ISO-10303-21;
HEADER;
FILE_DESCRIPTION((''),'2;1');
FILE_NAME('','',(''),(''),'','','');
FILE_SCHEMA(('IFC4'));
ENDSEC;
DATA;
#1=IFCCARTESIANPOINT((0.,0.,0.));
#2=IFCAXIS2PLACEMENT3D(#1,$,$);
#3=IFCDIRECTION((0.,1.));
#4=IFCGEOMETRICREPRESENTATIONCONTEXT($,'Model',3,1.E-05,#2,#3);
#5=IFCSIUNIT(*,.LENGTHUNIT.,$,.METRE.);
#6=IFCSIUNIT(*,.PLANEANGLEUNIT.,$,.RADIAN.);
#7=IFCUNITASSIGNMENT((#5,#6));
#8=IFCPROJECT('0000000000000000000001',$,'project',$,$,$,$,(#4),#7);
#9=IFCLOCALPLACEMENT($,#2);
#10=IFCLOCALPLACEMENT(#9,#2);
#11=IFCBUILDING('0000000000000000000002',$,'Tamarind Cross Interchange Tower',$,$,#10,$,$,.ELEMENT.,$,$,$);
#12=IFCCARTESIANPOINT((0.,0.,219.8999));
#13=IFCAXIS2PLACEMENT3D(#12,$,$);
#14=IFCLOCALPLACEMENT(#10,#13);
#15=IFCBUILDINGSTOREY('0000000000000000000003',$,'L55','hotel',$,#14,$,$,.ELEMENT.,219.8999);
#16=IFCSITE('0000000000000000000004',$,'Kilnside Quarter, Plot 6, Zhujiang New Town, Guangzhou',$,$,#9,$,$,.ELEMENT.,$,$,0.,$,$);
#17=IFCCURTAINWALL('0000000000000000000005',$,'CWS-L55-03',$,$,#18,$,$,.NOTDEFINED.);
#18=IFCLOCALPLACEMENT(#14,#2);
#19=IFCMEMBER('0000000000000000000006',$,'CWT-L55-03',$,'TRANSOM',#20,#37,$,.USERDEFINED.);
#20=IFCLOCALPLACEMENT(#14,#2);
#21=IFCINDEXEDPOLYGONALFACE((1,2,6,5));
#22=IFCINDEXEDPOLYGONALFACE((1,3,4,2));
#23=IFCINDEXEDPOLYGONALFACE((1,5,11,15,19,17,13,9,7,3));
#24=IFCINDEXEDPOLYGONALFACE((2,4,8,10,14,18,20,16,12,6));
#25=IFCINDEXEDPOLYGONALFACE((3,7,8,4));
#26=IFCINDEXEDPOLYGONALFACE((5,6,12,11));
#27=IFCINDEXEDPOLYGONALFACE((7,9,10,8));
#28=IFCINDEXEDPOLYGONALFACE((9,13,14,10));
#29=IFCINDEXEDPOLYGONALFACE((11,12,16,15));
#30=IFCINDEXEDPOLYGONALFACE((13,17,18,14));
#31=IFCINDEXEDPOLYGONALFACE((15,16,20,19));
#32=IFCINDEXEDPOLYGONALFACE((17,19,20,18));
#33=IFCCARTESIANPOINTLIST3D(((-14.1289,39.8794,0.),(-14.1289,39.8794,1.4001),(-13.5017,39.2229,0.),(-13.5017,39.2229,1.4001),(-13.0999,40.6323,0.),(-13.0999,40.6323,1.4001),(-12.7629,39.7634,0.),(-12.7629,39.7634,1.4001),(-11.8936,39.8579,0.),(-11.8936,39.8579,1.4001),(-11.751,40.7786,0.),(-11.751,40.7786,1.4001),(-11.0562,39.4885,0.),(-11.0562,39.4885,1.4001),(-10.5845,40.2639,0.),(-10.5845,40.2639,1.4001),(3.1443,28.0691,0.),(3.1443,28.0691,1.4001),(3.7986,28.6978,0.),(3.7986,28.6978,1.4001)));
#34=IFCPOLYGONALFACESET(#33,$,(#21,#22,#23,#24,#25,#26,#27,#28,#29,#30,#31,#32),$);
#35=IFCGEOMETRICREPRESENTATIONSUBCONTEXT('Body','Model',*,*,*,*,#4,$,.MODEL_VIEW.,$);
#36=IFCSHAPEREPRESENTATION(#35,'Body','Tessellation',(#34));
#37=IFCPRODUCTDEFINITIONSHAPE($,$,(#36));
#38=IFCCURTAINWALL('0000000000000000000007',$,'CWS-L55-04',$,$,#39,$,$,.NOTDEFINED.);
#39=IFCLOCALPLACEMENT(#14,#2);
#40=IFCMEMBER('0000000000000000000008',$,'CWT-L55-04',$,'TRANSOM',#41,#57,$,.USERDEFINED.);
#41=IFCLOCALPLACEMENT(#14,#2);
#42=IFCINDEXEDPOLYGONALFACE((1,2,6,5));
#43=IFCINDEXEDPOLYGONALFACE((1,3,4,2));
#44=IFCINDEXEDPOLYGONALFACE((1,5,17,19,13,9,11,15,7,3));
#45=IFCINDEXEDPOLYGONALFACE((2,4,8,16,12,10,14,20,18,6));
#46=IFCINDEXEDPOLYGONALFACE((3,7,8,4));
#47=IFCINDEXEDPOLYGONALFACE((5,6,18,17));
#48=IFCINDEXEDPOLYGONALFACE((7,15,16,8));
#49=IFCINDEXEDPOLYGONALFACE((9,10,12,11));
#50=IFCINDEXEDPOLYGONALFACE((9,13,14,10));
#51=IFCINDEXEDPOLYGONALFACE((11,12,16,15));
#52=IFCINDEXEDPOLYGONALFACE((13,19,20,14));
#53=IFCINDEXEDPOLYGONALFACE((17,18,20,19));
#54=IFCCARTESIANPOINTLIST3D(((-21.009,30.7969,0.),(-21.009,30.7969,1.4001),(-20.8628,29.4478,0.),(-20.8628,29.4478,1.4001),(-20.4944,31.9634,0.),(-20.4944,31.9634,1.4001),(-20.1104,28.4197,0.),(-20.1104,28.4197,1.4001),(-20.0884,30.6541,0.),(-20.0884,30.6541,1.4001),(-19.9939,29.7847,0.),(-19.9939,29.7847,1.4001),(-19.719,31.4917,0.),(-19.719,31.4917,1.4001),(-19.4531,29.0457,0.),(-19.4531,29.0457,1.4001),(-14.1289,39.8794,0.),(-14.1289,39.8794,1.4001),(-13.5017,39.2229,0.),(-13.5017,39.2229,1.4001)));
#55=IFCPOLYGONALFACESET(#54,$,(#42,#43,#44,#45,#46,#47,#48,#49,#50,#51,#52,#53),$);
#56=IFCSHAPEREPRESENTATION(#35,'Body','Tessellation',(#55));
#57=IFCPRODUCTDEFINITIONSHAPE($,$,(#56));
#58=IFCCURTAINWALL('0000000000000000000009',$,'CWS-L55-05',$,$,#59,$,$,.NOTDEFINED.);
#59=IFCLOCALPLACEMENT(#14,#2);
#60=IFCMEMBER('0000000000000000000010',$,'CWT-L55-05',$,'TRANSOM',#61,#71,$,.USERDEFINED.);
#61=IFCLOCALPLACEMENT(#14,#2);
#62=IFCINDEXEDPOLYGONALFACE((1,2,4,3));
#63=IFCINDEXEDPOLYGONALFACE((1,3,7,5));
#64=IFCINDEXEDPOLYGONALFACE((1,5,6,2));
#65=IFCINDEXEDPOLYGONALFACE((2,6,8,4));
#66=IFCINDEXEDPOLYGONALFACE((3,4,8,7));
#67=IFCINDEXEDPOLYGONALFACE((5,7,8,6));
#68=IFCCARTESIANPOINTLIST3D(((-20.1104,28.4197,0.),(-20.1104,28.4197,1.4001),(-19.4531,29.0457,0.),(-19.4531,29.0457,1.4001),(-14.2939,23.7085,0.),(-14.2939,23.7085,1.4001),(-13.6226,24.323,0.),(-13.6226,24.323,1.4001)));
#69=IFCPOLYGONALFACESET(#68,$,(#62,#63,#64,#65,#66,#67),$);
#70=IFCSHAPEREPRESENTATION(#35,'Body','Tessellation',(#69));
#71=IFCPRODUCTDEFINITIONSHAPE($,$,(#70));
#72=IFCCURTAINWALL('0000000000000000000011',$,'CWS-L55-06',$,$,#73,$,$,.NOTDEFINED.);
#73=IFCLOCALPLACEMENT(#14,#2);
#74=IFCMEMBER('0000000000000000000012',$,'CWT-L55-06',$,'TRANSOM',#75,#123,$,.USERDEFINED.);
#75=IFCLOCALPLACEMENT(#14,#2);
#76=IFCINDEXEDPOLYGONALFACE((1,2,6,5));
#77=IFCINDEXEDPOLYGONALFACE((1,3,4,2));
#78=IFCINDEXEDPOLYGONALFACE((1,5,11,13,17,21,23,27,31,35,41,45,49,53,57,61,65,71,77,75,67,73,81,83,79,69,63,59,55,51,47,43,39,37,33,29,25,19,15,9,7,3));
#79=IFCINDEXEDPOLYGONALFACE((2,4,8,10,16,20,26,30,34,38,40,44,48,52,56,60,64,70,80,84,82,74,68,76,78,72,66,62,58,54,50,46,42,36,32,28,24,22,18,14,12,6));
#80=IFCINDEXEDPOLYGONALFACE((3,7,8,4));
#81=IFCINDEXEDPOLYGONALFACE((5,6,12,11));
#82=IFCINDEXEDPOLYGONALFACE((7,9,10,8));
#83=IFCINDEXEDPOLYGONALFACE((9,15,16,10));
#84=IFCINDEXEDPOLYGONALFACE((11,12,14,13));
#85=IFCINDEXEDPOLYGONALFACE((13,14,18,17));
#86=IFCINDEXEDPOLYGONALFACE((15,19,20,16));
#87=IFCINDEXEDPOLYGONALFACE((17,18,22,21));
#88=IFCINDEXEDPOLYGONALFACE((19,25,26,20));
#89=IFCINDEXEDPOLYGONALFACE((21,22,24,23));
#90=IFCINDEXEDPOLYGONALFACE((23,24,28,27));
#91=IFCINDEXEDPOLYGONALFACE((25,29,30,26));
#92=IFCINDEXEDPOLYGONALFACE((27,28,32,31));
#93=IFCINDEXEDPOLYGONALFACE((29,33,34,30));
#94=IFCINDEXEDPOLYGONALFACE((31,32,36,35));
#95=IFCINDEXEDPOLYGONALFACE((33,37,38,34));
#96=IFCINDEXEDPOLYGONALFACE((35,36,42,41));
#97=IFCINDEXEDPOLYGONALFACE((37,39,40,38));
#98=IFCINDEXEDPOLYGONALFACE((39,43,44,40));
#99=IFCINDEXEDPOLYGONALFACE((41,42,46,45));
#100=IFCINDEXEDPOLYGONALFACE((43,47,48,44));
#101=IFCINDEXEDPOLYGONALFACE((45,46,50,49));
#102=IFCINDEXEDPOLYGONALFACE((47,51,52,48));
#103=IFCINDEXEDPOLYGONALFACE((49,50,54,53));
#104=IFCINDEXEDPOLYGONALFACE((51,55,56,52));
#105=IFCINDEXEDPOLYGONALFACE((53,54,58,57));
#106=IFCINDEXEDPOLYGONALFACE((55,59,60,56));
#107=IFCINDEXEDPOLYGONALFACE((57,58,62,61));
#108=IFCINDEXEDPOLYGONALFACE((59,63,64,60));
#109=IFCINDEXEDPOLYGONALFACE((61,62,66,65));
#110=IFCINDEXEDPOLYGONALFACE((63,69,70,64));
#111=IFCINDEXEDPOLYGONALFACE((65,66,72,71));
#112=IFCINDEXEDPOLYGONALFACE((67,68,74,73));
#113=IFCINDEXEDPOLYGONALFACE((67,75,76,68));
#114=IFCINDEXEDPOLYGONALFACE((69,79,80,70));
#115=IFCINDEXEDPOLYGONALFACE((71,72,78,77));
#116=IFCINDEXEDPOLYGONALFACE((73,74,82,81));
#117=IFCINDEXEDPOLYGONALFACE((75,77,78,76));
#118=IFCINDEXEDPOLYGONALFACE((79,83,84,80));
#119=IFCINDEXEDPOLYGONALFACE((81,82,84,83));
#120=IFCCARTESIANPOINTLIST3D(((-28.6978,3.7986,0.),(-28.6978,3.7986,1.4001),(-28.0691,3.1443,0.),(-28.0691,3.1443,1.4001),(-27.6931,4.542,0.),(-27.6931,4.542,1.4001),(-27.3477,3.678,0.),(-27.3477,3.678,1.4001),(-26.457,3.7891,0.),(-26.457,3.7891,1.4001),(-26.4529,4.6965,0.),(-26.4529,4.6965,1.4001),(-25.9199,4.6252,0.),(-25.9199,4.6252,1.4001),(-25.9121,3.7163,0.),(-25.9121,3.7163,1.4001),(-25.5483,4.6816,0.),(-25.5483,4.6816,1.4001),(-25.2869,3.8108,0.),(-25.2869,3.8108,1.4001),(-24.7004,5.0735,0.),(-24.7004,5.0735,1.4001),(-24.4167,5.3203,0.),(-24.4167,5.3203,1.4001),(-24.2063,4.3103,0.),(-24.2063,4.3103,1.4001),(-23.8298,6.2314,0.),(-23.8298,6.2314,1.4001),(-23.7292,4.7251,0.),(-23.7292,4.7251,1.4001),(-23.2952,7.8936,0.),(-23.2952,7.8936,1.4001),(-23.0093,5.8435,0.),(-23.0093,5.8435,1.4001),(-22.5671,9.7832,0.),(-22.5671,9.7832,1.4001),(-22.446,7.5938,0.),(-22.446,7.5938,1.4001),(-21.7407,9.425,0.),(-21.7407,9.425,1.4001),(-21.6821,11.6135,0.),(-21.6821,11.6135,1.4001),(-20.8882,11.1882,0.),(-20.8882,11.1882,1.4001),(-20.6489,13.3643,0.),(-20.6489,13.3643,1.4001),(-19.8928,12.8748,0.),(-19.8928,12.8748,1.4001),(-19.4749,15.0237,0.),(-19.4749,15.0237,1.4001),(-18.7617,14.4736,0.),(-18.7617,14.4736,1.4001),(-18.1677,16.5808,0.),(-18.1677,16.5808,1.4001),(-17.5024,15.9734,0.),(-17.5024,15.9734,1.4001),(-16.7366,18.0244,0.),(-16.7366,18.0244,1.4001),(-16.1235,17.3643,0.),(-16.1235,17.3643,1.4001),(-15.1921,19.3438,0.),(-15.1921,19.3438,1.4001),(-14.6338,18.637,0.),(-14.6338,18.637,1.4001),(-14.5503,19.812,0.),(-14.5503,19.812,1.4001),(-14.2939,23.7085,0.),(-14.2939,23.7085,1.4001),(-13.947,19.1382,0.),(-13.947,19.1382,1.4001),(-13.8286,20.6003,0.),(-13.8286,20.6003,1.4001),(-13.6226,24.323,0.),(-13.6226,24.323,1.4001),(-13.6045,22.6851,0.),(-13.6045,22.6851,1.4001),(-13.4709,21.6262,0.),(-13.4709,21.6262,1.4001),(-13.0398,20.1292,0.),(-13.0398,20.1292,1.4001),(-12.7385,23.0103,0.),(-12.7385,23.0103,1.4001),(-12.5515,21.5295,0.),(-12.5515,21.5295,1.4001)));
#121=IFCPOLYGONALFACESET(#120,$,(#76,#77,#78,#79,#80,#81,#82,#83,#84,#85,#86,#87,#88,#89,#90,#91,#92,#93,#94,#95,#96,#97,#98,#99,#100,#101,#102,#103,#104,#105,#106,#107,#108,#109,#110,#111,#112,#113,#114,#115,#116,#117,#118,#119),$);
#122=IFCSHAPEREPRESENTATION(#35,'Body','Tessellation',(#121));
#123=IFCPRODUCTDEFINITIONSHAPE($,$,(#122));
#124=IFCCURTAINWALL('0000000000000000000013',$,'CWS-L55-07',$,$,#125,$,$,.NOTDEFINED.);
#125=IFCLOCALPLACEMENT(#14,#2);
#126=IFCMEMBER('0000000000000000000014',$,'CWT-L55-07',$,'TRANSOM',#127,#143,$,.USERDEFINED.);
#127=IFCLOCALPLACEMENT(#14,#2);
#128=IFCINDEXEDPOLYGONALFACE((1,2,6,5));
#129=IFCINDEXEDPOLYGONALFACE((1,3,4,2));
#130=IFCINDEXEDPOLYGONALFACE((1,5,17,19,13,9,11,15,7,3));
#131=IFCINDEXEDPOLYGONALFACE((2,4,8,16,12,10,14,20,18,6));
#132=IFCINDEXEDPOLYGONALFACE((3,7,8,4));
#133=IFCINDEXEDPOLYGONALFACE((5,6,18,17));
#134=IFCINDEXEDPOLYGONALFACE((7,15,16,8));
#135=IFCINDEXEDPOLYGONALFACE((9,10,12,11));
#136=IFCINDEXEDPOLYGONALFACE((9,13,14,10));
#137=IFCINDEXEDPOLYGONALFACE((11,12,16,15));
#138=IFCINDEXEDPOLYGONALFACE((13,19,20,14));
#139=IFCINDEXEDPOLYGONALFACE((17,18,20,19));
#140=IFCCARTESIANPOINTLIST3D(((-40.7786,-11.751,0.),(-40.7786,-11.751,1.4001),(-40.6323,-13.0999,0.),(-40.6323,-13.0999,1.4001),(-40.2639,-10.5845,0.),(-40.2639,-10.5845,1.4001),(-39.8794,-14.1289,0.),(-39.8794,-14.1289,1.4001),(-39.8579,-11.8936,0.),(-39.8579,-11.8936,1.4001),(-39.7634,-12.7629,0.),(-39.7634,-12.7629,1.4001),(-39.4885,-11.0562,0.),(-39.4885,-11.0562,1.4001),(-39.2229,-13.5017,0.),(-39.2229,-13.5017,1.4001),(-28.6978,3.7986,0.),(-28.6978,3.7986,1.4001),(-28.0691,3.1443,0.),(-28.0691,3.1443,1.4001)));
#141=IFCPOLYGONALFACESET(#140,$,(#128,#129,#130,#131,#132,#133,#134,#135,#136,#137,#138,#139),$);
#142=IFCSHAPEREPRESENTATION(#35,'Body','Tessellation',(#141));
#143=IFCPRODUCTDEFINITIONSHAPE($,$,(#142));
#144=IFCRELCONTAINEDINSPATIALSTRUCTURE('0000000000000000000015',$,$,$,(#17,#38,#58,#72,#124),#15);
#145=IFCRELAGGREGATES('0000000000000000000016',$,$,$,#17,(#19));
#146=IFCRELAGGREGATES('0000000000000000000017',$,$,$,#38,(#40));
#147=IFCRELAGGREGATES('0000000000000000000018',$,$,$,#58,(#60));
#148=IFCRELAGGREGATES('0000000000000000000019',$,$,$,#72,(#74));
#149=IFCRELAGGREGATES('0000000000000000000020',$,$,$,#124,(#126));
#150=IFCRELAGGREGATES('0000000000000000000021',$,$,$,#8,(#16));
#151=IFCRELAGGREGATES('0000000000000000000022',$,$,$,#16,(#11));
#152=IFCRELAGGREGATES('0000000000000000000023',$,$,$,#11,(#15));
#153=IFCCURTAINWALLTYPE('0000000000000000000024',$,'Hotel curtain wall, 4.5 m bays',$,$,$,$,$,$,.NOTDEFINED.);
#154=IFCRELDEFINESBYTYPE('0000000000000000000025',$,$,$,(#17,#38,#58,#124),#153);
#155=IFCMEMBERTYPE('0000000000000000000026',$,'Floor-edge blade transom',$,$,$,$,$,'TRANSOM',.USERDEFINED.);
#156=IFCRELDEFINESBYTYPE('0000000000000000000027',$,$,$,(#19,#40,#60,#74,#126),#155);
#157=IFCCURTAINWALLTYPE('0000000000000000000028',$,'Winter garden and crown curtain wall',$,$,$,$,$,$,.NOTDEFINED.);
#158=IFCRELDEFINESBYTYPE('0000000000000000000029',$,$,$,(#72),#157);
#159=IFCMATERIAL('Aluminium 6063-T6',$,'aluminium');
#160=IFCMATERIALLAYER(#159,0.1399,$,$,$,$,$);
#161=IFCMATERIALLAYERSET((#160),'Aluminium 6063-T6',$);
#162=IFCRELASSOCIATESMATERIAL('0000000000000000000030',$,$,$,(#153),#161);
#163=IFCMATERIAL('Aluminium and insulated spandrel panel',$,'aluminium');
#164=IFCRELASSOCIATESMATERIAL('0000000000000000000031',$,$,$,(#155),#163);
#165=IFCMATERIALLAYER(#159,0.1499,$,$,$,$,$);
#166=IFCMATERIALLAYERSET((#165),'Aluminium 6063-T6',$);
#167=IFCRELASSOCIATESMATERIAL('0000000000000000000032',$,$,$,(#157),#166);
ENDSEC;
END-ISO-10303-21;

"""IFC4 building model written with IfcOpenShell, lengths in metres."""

from ifc_helpers import new_model, si_unit, direction, frame, origin, place, context, subcontext, project, spatial, polyline, outline, extrude, material, layer, layer_set, type_object, element, aggregate, save


model = new_model("IFC4")

# Units and contexts
model_context = context("Model", 3, precision=1e-05, world=origin(), true_north=direction((0.0, 1.0)))
body_context = subcontext(model_context, "Body", "Model", "MODEL_VIEW")
ifc_project = project(units=[si_unit("LENGTHUNIT", "METRE"), si_unit("PLANEANGLEUNIT", "RADIAN")], contexts=[model_context])

# Site, building, storey
site_placement = place(None, origin())
site = spatial("IfcSite", under=ifc_project, at=site_placement, Name="Kilnside Quarter, Plot 6, Zhujiang New Town, Guangzhou", CompositionType="ELEMENT", RefElevation=0.0)
building_placement = place(site_placement, origin())
building = spatial("IfcBuilding", under=site, at=building_placement, Name="Tamarind Cross Interchange Tower", CompositionType="ELEMENT")
storey_placement = place(building_placement, frame((0.0, 0.0, 219.8999)))
storey = spatial("IfcBuildingStorey", under=building, at=storey_placement, Name="L55", Description="hotel", CompositionType="ELEMENT", Elevation=219.8999)

# Curtain walls, members
ifc_material_1 = material(Name="Aluminium 6063-T6", Category="aluminium")
ifc_layer_1 = layer(ifc_material_1, 0.1399)
ifc_layer_set_1 = layer_set([ifc_layer_1], Name="Aluminium 6063-T6")
curtain_wall_type_1 = type_object("IfcCurtainWallType", Name="Hotel curtain wall, 4.5 m bays", PredefinedType="NOTDEFINED", material=ifc_layer_set_1)
curtain_wall_1_placement = place(storey_placement, origin())
curtain_wall_1 = element("IfcCurtainWall", 1, at=curtain_wall_1_placement, inside=storey, type_object=curtain_wall_type_1, Name="CWS-L55-03", PredefinedType="NOTDEFINED")
ifc_material_2 = material(Name="Aluminium and insulated spandrel panel", Category="aluminium")
member_type = type_object("IfcMemberType", Name="Floor-edge blade transom", ElementType="TRANSOM", PredefinedType="USERDEFINED", material=ifc_material_2)
member_1_placement = place(storey_placement, origin())
member_1 = element("IfcMember", 2, at=member_1_placement, type_object=member_type, Name="CWT-L55-03", ObjectType="TRANSOM", PredefinedType="USERDEFINED", context=body_context, shape_type="SweptSolid", body=[
    extrude(outline(polyline([(3.1443, 28.0691), (-11.0562, 39.4885), (-11.8936, 39.8579), (-12.7629, 39.7634), (-13.5017, 39.2229), (-14.1289, 39.8794), (-13.0999, 40.6323), (-11.751, 40.7786), (-10.5845, 40.2639), (3.7986, 28.6978), (3.1443, 28.0691)])), origin(), (0.0, 0.0, 1.0), 1.4001),
])
aggregate(curtain_wall_1, [member_1])
curtain_wall_2_placement = place(storey_placement, origin())
curtain_wall_2 = element("IfcCurtainWall", 3, at=curtain_wall_2_placement, inside=storey, type_object=curtain_wall_type_1, Name="CWS-L55-04", PredefinedType="NOTDEFINED")
member_2_placement = place(storey_placement, origin())
member_2 = element("IfcMember", 4, at=member_2_placement, type_object=member_type, Name="CWT-L55-04", ObjectType="TRANSOM", PredefinedType="USERDEFINED", context=body_context, shape_type="SweptSolid", body=[
    extrude(outline(polyline([(-13.5017, 39.2229), (-19.719, 31.4917), (-20.0884, 30.6541), (-19.9939, 29.7847), (-19.4531, 29.0457), (-20.1104, 28.4197), (-20.8628, 29.4478), (-21.009, 30.7969), (-20.4944, 31.9634), (-14.1289, 39.8794), (-13.5017, 39.2229)])), origin(), (0.0, 0.0, 1.0), 1.4001),
])
aggregate(curtain_wall_2, [member_2])
curtain_wall_3_placement = place(storey_placement, origin())
curtain_wall_3 = element("IfcCurtainWall", 5, at=curtain_wall_3_placement, inside=storey, type_object=curtain_wall_type_1, Name="CWS-L55-05", PredefinedType="NOTDEFINED")
member_3_placement = place(storey_placement, origin())
member_3 = element("IfcMember", 6, at=member_3_placement, type_object=member_type, Name="CWT-L55-05", ObjectType="TRANSOM", PredefinedType="USERDEFINED", context=body_context, shape_type="SweptSolid", body=[
    extrude(outline(polyline([(-19.4531, 29.0457), (-13.6226, 24.323), (-14.2939, 23.7085), (-20.1104, 28.4197), (-19.4531, 29.0457)])), origin(), (0.0, 0.0, 1.0), 1.4001),
])
aggregate(curtain_wall_3, [member_3])
ifc_layer_2 = layer(ifc_material_1, 0.1499)
ifc_layer_set_2 = layer_set([ifc_layer_2], Name="Aluminium 6063-T6")
curtain_wall_type_2 = type_object("IfcCurtainWallType", Name="Winter garden and crown curtain wall", PredefinedType="NOTDEFINED", material=ifc_layer_set_2)
curtain_wall_4_placement = place(storey_placement, origin())
curtain_wall_4 = element("IfcCurtainWall", 7, at=curtain_wall_4_placement, inside=storey, type_object=curtain_wall_type_2, Name="CWS-L55-06", PredefinedType="NOTDEFINED")
member_4_placement = place(storey_placement, origin())
member_4 = element("IfcMember", 8, at=member_4_placement, type_object=member_type, Name="CWT-L55-06", ObjectType="TRANSOM", PredefinedType="USERDEFINED", context=body_context, shape_type="SweptSolid", body=[
    extrude(outline(polyline([(-13.6226, 24.323), (-12.7385, 23.0103), (-12.5515, 21.5295), (-13.0398, 20.1292), (-13.947, 19.1382), (-14.6338, 18.637), (-16.1235, 17.3643), (-17.5024, 15.9734), (-18.7617, 14.4736), (-19.8928, 12.8748), (-20.8882, 11.1882), (-21.7407, 9.425), (-22.446, 7.5938), (-23.0093, 5.8435), (-23.7292, 4.7251), (-24.2063, 4.3103), (-25.2869, 3.8108), (-25.9121, 3.7163), (-26.457, 3.7891), (-27.3477, 3.678), (-28.0691, 3.1443), (-28.6978, 3.7986), (-27.6931, 4.542), (-26.4529, 4.6965), (-25.9199, 4.6252), (-25.5483, 4.6816), (-24.7004, 5.0735), (-24.4167, 5.3203), (-23.8298, 6.2314), (-23.2952, 7.8936), (-22.5671, 9.7832), (-21.6821, 11.6135), (-20.6489, 13.3643), (-19.4749, 15.0237), (-18.1677, 16.5808), (-16.7366, 18.0244), (-15.1921, 19.3438), (-14.5503, 19.812), (-13.8286, 20.6003), (-13.4709, 21.6262), (-13.6045, 22.6851), (-14.2939, 23.7085), (-13.6226, 24.323)])), origin(), (0.0, 0.0, 1.0), 1.4001),
])
aggregate(curtain_wall_4, [member_4])
curtain_wall_5_placement = place(storey_placement, origin())
curtain_wall_5 = element("IfcCurtainWall", 9, at=curtain_wall_5_placement, inside=storey, type_object=curtain_wall_type_1, Name="CWS-L55-07", PredefinedType="NOTDEFINED")
member_5_placement = place(storey_placement, origin())
member_5 = element("IfcMember", 10, at=member_5_placement, type_object=member_type, Name="CWT-L55-07", ObjectType="TRANSOM", PredefinedType="USERDEFINED", context=body_context, shape_type="SweptSolid", body=[
    extrude(outline(polyline([(-28.0691, 3.1443), (-39.4885, -11.0562), (-39.8579, -11.8936), (-39.7634, -12.7629), (-39.2229, -13.5017), (-39.8794, -14.1289), (-40.6323, -13.0999), (-40.7786, -11.751), (-40.2639, -10.5845), (-28.6978, 3.7986), (-28.0691, 3.1443)])), origin(), (0.0, 0.0, 1.0), 1.4001),
])
aggregate(curtain_wall_5, [member_5])

save(model, "model.ifc")
